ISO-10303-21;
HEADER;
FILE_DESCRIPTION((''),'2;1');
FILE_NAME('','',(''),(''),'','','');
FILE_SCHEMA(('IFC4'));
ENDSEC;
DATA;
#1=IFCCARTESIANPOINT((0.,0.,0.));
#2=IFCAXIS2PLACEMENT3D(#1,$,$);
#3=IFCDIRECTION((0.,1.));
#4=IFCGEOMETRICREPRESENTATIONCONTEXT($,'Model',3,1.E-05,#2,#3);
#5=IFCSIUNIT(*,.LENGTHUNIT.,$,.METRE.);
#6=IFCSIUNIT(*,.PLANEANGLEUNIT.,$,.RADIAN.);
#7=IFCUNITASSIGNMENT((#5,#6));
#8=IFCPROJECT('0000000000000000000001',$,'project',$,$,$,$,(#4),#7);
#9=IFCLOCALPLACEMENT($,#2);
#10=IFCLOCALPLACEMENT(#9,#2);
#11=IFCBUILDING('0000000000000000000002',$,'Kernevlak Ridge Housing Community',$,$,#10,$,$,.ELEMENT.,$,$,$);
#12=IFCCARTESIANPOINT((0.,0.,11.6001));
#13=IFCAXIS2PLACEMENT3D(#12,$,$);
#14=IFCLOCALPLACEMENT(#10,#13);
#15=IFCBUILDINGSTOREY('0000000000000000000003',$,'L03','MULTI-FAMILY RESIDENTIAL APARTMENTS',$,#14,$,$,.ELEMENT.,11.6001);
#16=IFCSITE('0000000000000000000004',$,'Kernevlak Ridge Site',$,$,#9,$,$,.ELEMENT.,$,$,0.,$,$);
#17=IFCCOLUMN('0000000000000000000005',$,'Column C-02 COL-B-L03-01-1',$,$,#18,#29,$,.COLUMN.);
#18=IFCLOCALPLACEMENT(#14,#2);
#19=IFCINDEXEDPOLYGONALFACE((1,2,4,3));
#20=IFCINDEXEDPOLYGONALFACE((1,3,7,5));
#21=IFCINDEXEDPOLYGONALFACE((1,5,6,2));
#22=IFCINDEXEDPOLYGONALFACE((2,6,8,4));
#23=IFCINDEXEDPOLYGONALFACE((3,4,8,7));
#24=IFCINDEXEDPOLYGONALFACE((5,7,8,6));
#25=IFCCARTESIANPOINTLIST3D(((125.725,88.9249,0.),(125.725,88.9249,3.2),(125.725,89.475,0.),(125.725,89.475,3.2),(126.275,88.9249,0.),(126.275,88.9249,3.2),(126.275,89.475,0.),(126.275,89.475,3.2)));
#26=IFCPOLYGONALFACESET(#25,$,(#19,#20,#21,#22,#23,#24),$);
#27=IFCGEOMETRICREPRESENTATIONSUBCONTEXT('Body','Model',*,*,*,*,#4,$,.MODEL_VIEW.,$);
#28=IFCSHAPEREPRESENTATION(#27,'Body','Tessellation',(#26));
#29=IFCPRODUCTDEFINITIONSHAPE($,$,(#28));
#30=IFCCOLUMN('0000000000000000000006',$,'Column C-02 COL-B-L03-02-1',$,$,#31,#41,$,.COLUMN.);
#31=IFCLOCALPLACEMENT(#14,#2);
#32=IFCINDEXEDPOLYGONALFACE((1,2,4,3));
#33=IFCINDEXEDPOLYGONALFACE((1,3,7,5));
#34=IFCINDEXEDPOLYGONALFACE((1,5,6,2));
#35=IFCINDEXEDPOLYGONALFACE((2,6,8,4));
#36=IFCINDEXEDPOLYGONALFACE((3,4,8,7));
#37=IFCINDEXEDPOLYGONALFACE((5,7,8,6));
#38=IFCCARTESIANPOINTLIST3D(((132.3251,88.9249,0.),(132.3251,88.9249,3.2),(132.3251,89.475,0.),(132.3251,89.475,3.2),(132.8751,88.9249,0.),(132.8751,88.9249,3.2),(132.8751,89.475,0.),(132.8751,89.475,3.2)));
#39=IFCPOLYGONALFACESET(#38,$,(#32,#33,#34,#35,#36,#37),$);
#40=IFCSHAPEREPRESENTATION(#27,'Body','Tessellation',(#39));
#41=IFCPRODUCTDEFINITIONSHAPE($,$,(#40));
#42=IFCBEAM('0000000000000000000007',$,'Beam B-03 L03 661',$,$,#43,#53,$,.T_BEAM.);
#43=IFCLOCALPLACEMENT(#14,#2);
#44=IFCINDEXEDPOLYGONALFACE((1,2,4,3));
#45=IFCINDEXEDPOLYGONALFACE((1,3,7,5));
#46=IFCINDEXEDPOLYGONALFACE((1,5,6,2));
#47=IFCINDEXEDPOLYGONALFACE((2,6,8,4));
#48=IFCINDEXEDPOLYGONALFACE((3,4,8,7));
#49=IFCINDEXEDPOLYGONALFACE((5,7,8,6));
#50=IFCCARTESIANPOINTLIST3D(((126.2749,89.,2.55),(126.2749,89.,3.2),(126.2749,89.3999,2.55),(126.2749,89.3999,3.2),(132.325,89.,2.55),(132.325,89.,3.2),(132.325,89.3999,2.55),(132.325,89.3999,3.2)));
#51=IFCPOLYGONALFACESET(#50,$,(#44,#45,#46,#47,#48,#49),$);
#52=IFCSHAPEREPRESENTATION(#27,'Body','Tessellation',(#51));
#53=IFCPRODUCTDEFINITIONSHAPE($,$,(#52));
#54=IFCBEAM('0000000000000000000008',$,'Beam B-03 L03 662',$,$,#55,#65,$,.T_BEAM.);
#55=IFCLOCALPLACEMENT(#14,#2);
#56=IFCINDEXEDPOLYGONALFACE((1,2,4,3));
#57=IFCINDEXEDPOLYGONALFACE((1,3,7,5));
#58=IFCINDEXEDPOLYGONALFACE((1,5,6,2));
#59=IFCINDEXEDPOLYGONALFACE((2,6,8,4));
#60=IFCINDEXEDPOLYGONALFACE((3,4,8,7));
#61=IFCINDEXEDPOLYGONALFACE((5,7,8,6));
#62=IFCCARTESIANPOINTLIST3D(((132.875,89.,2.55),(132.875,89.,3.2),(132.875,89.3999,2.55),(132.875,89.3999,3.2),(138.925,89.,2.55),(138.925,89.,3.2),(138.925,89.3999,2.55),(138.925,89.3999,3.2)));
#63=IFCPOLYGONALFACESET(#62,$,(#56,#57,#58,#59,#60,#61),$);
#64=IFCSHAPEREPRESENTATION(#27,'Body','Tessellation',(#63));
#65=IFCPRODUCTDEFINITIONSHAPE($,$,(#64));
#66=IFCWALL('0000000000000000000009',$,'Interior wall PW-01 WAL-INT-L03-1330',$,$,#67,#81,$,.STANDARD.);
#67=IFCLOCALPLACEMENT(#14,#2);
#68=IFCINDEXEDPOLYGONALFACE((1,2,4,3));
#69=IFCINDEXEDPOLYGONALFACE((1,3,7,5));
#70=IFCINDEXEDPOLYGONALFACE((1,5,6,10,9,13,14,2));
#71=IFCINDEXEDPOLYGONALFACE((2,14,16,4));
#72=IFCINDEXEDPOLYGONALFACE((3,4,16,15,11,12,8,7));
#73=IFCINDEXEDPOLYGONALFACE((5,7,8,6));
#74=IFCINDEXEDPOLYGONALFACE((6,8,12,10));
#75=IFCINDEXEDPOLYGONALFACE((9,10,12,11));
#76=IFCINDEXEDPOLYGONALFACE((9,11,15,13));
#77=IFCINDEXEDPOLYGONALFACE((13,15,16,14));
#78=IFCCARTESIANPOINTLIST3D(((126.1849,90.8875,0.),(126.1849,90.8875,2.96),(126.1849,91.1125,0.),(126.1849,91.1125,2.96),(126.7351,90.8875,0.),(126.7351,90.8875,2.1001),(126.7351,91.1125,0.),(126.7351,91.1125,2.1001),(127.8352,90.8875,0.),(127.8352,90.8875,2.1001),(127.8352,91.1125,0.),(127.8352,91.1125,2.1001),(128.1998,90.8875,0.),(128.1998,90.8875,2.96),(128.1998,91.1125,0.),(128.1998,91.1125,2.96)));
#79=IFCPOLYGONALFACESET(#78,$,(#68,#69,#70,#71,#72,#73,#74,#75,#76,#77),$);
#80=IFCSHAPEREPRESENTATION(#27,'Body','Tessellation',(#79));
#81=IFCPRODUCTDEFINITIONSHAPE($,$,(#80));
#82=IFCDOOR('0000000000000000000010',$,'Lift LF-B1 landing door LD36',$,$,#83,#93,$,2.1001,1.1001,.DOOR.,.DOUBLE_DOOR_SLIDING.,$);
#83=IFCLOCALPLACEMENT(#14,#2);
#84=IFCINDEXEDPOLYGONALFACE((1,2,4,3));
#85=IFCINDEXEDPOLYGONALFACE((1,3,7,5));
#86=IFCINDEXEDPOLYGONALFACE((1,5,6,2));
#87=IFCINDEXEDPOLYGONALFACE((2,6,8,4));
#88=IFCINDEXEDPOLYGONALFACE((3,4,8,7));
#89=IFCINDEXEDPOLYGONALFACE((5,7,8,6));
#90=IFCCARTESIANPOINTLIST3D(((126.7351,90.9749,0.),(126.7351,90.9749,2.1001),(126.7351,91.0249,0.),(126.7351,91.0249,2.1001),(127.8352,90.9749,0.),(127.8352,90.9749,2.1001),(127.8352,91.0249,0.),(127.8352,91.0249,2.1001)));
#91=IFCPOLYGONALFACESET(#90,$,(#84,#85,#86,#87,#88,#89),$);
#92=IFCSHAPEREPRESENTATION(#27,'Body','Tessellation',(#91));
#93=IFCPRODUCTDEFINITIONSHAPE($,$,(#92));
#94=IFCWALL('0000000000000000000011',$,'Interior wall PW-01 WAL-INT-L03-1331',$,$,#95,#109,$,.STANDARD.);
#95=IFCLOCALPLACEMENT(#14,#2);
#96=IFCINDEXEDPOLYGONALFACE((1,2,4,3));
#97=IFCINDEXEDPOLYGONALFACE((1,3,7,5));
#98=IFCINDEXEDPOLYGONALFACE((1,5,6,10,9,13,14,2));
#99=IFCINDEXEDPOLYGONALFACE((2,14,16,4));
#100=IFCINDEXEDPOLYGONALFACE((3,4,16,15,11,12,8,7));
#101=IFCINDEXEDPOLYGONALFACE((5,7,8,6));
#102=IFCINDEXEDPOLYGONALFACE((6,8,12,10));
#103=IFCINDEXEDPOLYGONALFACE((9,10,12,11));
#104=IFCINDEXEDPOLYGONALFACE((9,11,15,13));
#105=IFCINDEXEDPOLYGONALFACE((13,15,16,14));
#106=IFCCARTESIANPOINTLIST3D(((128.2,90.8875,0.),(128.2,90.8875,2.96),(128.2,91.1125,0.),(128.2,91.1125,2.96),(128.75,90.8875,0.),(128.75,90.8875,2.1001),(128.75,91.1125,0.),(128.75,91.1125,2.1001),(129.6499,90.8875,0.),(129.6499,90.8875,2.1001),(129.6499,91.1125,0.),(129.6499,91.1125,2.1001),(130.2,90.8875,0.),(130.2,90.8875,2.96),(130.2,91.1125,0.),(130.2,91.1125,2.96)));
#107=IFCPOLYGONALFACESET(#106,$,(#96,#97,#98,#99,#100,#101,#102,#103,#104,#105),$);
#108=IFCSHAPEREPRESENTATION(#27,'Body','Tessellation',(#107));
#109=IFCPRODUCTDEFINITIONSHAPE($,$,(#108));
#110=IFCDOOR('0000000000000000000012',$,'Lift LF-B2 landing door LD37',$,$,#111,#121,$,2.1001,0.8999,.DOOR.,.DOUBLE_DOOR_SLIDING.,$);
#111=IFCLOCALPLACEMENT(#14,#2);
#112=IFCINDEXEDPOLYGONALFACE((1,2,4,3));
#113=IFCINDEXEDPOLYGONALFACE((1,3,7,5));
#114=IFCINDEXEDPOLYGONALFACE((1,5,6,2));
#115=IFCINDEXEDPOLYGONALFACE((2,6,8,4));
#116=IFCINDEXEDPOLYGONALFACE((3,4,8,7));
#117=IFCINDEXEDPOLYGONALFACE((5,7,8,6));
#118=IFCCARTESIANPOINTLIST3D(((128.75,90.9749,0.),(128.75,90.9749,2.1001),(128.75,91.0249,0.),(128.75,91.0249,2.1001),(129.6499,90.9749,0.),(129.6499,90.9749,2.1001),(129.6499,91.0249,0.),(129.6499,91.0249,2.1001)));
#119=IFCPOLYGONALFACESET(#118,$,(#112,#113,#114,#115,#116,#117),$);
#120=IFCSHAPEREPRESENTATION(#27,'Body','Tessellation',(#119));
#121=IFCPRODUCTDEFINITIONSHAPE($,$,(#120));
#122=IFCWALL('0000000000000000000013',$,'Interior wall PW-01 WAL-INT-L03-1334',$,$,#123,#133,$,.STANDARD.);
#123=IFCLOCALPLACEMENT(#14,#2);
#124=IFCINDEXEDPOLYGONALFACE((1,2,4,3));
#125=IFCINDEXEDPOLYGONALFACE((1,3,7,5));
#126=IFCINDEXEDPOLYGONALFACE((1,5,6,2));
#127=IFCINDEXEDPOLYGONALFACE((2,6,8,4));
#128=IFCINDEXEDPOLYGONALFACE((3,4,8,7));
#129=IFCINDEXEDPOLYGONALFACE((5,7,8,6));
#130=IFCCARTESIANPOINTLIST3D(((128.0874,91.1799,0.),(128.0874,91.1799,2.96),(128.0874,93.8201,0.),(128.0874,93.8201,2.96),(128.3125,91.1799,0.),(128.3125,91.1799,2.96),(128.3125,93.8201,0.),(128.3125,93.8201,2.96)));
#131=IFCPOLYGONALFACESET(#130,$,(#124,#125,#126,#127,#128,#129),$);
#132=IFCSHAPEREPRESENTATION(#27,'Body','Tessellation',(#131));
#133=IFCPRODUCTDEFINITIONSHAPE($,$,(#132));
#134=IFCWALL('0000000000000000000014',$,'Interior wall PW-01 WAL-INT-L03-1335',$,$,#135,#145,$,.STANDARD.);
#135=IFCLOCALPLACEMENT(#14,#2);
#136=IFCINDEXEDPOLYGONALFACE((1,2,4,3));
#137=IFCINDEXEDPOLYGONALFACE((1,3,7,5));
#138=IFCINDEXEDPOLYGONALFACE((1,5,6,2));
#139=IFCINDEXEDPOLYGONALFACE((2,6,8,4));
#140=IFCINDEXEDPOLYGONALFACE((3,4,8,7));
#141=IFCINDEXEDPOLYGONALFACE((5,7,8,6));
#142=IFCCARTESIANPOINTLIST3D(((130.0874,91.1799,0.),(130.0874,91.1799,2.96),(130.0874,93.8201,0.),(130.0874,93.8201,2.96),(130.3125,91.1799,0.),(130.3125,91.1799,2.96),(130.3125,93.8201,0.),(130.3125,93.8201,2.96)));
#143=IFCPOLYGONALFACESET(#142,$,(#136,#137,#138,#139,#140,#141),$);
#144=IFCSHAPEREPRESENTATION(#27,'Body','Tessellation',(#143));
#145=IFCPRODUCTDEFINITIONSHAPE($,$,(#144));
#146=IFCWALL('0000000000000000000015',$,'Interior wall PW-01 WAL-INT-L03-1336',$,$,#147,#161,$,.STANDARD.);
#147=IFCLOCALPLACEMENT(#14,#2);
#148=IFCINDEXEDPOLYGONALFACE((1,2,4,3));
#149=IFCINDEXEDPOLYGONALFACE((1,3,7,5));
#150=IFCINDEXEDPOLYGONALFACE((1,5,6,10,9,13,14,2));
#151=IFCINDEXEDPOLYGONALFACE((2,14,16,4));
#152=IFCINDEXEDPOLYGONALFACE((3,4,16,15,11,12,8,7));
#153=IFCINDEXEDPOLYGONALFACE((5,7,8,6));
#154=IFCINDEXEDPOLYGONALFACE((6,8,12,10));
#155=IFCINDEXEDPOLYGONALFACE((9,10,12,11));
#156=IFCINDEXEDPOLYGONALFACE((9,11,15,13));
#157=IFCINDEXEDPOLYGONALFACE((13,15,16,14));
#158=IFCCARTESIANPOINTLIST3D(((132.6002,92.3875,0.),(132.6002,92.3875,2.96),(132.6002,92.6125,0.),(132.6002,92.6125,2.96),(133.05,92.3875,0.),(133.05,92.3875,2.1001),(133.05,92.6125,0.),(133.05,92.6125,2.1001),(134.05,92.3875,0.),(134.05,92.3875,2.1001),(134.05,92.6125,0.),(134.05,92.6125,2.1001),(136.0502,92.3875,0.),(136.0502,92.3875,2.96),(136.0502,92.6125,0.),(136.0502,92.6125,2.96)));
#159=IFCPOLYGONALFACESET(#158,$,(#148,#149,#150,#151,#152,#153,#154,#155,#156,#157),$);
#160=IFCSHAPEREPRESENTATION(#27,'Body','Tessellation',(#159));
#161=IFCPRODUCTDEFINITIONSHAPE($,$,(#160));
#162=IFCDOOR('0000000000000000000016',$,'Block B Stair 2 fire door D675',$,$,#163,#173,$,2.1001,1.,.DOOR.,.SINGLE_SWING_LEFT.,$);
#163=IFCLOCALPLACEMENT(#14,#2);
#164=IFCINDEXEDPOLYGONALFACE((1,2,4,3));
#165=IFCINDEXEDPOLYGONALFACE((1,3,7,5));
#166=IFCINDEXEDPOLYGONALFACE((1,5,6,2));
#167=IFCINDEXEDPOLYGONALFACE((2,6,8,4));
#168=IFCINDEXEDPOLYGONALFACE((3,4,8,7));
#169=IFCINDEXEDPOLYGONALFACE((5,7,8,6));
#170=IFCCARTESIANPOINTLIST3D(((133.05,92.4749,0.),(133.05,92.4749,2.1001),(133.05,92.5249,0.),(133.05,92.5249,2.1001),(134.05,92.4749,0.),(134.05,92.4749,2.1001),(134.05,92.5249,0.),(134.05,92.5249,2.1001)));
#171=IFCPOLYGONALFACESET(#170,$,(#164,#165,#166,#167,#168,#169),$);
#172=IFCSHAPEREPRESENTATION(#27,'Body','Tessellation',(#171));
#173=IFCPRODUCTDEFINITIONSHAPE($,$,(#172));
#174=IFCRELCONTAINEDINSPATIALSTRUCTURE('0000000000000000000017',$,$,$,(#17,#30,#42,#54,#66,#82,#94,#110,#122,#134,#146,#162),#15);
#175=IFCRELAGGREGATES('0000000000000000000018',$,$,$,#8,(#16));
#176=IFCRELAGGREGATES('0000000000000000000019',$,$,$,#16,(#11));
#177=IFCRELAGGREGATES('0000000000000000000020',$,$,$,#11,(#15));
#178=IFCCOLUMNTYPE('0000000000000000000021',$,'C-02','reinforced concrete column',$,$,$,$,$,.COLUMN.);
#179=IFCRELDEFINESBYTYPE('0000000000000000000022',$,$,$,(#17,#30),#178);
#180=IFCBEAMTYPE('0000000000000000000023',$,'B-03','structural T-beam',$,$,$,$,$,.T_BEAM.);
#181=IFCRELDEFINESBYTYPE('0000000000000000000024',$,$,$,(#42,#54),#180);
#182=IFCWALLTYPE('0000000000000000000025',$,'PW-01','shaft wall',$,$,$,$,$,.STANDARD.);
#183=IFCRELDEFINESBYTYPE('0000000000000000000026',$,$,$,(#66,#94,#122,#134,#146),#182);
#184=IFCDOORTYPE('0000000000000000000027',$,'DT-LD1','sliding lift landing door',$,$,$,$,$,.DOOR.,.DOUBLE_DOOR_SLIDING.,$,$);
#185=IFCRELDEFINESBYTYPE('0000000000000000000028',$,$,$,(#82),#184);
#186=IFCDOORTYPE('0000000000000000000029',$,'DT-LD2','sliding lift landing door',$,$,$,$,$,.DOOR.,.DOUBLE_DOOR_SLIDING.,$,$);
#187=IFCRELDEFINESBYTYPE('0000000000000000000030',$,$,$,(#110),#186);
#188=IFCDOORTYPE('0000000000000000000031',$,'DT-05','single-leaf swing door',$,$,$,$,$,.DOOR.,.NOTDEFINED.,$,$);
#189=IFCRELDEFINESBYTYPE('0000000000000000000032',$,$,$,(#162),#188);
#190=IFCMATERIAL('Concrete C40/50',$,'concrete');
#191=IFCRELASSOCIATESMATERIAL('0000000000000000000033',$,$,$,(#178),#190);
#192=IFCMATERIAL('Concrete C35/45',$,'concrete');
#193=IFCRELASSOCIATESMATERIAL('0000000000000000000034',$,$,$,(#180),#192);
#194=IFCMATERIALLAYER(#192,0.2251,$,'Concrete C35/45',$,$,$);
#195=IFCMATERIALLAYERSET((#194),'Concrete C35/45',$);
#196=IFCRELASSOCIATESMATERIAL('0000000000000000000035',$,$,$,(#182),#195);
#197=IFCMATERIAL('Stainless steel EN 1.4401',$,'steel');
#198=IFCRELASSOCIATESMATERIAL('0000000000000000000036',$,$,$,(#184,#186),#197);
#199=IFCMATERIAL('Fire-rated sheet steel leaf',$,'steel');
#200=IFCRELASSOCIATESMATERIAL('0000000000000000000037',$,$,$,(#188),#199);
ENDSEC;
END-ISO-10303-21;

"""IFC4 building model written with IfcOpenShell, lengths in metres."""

from ifc_helpers import new_model, si_unit, direction, frame, frame_2d, origin, origin_2d, place, context, subcontext, project, spatial, rectangle, extrude, material, layer, layer_set, material_profile, profile_set, type_object, element, fill, save


model = new_model("IFC4")

# Units and contexts
model_context = context("Model", 3, precision=1e-05, world=origin(), true_north=direction((0.0, 1.0)))
body_context = subcontext(model_context, "Body", "Model", "MODEL_VIEW")
ifc_project = project(units=[si_unit("LENGTHUNIT", "METRE"), si_unit("PLANEANGLEUNIT", "RADIAN")], contexts=[model_context])

# Site, building, storey
site_placement = place(None, origin())
site = spatial("IfcSite", under=ifc_project, at=site_placement, Name="Kernevlak Ridge Site", CompositionType="ELEMENT", RefElevation=0.0)
building_placement = place(site_placement, origin())
building = spatial("IfcBuilding", under=site, at=building_placement, Name="Kernevlak Ridge Housing Community", CompositionType="ELEMENT")
storey_placement = place(building_placement, frame((0.0, 0.0, 11.6001)))
storey = spatial("IfcBuildingStorey", under=building, at=storey_placement, Name="L03", Description="MULTI-FAMILY RESIDENTIAL APARTMENTS", CompositionType="ELEMENT", Elevation=11.6001)

# Columns
ifc_material_1 = material(Name="Concrete C40/50", Category="concrete")
ifc_material_profile_1 = material_profile(ifc_material_1, rectangle(XDim=0.55, YDim=0.55, at=origin_2d()), Name="RC 550x550")
ifc_profile_set_1 = profile_set([ifc_material_profile_1], Name="Concrete C40/50")
column_type = type_object("IfcColumnType", Name="C-02", Description="reinforced concrete column", PredefinedType="COLUMN", material=ifc_profile_set_1)
for number, where, z_axis, x_axis, name in (
    (1, (126.0, 89.2, 0.0), (0.0, 0.0, 1.0), (1.0, 0.0, 0.0), "Column C-02 COL-B-L03-01-1"),
    (2, (132.6001, 89.2, 0.0), (0.0, 0.0, 1.0), (1.0, 0.0, 0.0), "Column C-02 COL-B-L03-02-1"),
):
    element("IfcColumn", number, at=place(storey_placement, frame(where, z_axis=z_axis, x_axis=x_axis)), inside=storey, type_object=column_type, Name=name, PredefinedType="COLUMN", context=body_context, shape_type="SweptSolid", body=[
        extrude(rectangle(XDim=0.55, YDim=0.55, at=origin_2d()), origin(), (0.0, 0.0, 1.0), 3.2),
    ])

# Beams
ifc_material_2 = material(Name="Concrete C35/45", Category="concrete")
ifc_material_profile_2 = material_profile(ifc_material_2, rectangle(XDim=0.3999, YDim=0.6499, at=origin_2d()), Name="RC 400x650")
ifc_profile_set_2 = profile_set([ifc_material_profile_2], Name="Concrete C35/45")
beam_type = type_object("IfcBeamType", Name="B-03", Description="structural T-beam", PredefinedType="T_BEAM", material=ifc_profile_set_2)
for number, where, z_axis, x_axis, name in (
    (3, (126.2749, 89.2, 2.875), (1.0, 0.0, 0.0), (0.0, 1.0, 0.0), "Beam B-03 L03 661"),
    (4, (132.875, 89.2, 2.875), (1.0, 0.0, 0.0), (0.0, 1.0, 0.0), "Beam B-03 L03 662"),
):
    element("IfcBeam", number, at=place(storey_placement, frame(where, z_axis=z_axis, x_axis=x_axis)), inside=storey, type_object=beam_type, Name=name, PredefinedType="T_BEAM", context=body_context, shape_type="SweptSolid", body=[
        extrude(rectangle(XDim=0.3999, YDim=0.6499, at=origin_2d()), origin(), (0.0, 0.0, 1.0), 6.05),
    ])

# Walls, openings, doors
ifc_layer_1 = layer(ifc_material_2, 0.2251, Name="Concrete C35/45")
ifc_layer_set_1 = layer_set([ifc_layer_1], Name="Concrete C35/45")
wall_type_1 = type_object("IfcWallType", Name="PW-01", Description="shaft wall", PredefinedType="STANDARD", material=ifc_layer_set_1)
wall_1_placement = place(storey_placement, frame((126.1851, 91.0, 0.0), z_axis=(0.0, 0.0, 1.0), x_axis=(1.0, 0.0, 0.0)))
wall_1 = element("IfcWall", 5, at=wall_1_placement, inside=storey, type_object=wall_type_1, Name="Interior wall PW-01 WAL-INT-L03-1330", PredefinedType="STANDARD", context=body_context, shape_type="SweptSolid", body=[
    extrude(rectangle(XDim=2.0149, YDim=0.2251, at=frame_2d((1.0073, 0.0))), origin(), (0.0, 0.0, 1.0), 2.96),
])
opening_1_placement = place(wall_1_placement, frame((0.55, 0.0, 0.0)))
opening_1 = element("IfcOpeningElement", 6, at=opening_1_placement, cuts=wall_1, PredefinedType="OPENING", context=body_context, shape_type="SweptSolid", body=[
    extrude(rectangle(XDim=1.1001, YDim=2.1001, at=frame_2d((0.55, 1.05))), frame((0.0, 0.1226, 0.0), z_axis=(0.0, -1.0, 0.0), x_axis=(1.0, 0.0, 0.0)), (0.0, 0.0, 1.0), 0.2451),
])
ifc_material_3 = material(Name="Stainless steel EN 1.4401", Category="steel")
door_type_1 = type_object("IfcDoorType", Name="DT-LD1", Description="sliding lift landing door", OperationType="DOUBLE_DOOR_SLIDING", PredefinedType="DOOR", material=ifc_material_3)
door_1_placement = place(opening_1_placement, origin())
door_1 = element("IfcDoor", 7, at=door_1_placement, inside=storey, type_object=door_type_1, Name="Lift LF-B1 landing door LD36", OperationType="DOUBLE_DOOR_SLIDING", OverallHeight=2.1001, OverallWidth=1.1001, PredefinedType="DOOR", context=body_context, shape_type="SweptSolid", body=[
    extrude(rectangle(XDim=1.1001, YDim=2.1001, at=frame_2d((0.55, 1.05))), frame((0.0, 0.0249, 0.0), z_axis=(0.0, -1.0, 0.0), x_axis=(1.0, 0.0, 0.0)), (0.0, 0.0, 1.0), 0.05),
])
fill(opening_1, door_1)
wall_2_placement = place(storey_placement, frame((128.2, 91.0, 0.0), z_axis=(0.0, 0.0, 1.0), x_axis=(1.0, 0.0, 0.0)))
wall_2 = element("IfcWall", 8, at=wall_2_placement, inside=storey, type_object=wall_type_1, Name="Interior wall PW-01 WAL-INT-L03-1331", PredefinedType="STANDARD", context=body_context, shape_type="SweptSolid", body=[
    extrude(rectangle(XDim=2.0, YDim=0.2251, at=frame_2d((1.0, 0.0))), origin(), (0.0, 0.0, 1.0), 2.96),
])
opening_2_placement = place(wall_2_placement, frame((0.55, 0.0, 0.0)))
opening_2 = element("IfcOpeningElement", 9, at=opening_2_placement, cuts=wall_2, PredefinedType="OPENING", context=body_context, shape_type="SweptSolid", body=[
    extrude(rectangle(XDim=0.8999, YDim=2.1001, at=frame_2d((0.45, 1.05))), frame((0.0, 0.1226, 0.0), z_axis=(0.0, -1.0, 0.0), x_axis=(1.0, 0.0, 0.0)), (0.0, 0.0, 1.0), 0.2451),
])
door_type_2 = type_object("IfcDoorType", Name="DT-LD2", Description="sliding lift landing door", OperationType="DOUBLE_DOOR_SLIDING", PredefinedType="DOOR", material=ifc_material_3)
door_2_placement = place(opening_2_placement, origin())
door_2 = element("IfcDoor", 10, at=door_2_placement, inside=storey, type_object=door_type_2, Name="Lift LF-B2 landing door LD37", OperationType="DOUBLE_DOOR_SLIDING", OverallHeight=2.1001, OverallWidth=0.8999, PredefinedType="DOOR", context=body_context, shape_type="SweptSolid", body=[
    extrude(rectangle(XDim=0.8999, YDim=2.1001, at=frame_2d((0.45, 1.05))), frame((0.0, 0.0249, 0.0), z_axis=(0.0, -1.0, 0.0), x_axis=(1.0, 0.0, 0.0)), (0.0, 0.0, 1.0), 0.05),
])
fill(opening_2, door_2)

# Walls
for number, where, z_axis, x_axis, name in (
    (11, (128.2, 91.1799, 0.0), (0.0, 0.0, 1.0), (0.0, 1.0, 0.0), "Interior wall PW-01 WAL-INT-L03-1334"),
    (12, (130.2, 91.1799, 0.0), (0.0, 0.0, 1.0), (0.0, 1.0, 0.0), "Interior wall PW-01 WAL-INT-L03-1335"),
):
    element("IfcWall", number, at=place(storey_placement, frame(where, z_axis=z_axis, x_axis=x_axis)), inside=storey, type_object=wall_type_1, Name=name, PredefinedType="STANDARD", context=body_context, shape_type="SweptSolid", body=[
        extrude(rectangle(XDim=2.6401, YDim=0.2251, at=frame_2d((1.3201, 0.0))), origin(), (0.0, 0.0, 1.0), 2.96),
    ])

# Wall, opening, door
wall_3_placement = place(storey_placement, frame((132.6001, 92.5, 0.0), z_axis=(0.0, 0.0, 1.0), x_axis=(1.0, 0.0, 0.0)))
wall_3 = element("IfcWall", 13, at=wall_3_placement, inside=storey, type_object=wall_type_1, Name="Interior wall PW-01 WAL-INT-L03-1336", PredefinedType="STANDARD", context=body_context, shape_type="SweptSolid", body=[
    extrude(rectangle(XDim=3.45, YDim=0.2251, at=frame_2d((1.7251, 0.0))), origin(), (0.0, 0.0, 1.0), 2.96),
])
opening_3_placement = place(wall_3_placement, frame((0.45, 0.0, 0.0)))
opening_3 = element("IfcOpeningElement", 14, at=opening_3_placement, cuts=wall_3, PredefinedType="OPENING", context=body_context, shape_type="SweptSolid", body=[
    extrude(rectangle(XDim=1.0, YDim=2.1001, at=frame_2d((0.5, 1.05))), frame((0.0, 0.1226, 0.0), z_axis=(0.0, -1.0, 0.0), x_axis=(1.0, 0.0, 0.0)), (0.0, 0.0, 1.0), 0.2451),
])
ifc_material_4 = material(Name="Fire-rated sheet steel leaf", Category="steel")
door_type_3 = type_object("IfcDoorType", Name="DT-05", Description="single-leaf swing door", OperationType="NOTDEFINED", PredefinedType="DOOR", material=ifc_material_4)
door_3_placement = place(opening_3_placement, origin())
door_3 = element("IfcDoor", 15, at=door_3_placement, inside=storey, type_object=door_type_3, Name="Block B Stair 2 fire door D675", OperationType="SINGLE_SWING_LEFT", OverallHeight=2.1001, OverallWidth=1.0, PredefinedType="DOOR", context=body_context, shape_type="SweptSolid", body=[
    extrude(rectangle(XDim=1.0, YDim=2.1001, at=frame_2d((0.5, 1.05))), frame((0.0, 0.0249, 0.0), z_axis=(0.0, -1.0, 0.0), x_axis=(1.0, 0.0, 0.0)), (0.0, 0.0, 1.0), 0.05),
])
fill(opening_3, door_3)

save(model, "model.ifc")
